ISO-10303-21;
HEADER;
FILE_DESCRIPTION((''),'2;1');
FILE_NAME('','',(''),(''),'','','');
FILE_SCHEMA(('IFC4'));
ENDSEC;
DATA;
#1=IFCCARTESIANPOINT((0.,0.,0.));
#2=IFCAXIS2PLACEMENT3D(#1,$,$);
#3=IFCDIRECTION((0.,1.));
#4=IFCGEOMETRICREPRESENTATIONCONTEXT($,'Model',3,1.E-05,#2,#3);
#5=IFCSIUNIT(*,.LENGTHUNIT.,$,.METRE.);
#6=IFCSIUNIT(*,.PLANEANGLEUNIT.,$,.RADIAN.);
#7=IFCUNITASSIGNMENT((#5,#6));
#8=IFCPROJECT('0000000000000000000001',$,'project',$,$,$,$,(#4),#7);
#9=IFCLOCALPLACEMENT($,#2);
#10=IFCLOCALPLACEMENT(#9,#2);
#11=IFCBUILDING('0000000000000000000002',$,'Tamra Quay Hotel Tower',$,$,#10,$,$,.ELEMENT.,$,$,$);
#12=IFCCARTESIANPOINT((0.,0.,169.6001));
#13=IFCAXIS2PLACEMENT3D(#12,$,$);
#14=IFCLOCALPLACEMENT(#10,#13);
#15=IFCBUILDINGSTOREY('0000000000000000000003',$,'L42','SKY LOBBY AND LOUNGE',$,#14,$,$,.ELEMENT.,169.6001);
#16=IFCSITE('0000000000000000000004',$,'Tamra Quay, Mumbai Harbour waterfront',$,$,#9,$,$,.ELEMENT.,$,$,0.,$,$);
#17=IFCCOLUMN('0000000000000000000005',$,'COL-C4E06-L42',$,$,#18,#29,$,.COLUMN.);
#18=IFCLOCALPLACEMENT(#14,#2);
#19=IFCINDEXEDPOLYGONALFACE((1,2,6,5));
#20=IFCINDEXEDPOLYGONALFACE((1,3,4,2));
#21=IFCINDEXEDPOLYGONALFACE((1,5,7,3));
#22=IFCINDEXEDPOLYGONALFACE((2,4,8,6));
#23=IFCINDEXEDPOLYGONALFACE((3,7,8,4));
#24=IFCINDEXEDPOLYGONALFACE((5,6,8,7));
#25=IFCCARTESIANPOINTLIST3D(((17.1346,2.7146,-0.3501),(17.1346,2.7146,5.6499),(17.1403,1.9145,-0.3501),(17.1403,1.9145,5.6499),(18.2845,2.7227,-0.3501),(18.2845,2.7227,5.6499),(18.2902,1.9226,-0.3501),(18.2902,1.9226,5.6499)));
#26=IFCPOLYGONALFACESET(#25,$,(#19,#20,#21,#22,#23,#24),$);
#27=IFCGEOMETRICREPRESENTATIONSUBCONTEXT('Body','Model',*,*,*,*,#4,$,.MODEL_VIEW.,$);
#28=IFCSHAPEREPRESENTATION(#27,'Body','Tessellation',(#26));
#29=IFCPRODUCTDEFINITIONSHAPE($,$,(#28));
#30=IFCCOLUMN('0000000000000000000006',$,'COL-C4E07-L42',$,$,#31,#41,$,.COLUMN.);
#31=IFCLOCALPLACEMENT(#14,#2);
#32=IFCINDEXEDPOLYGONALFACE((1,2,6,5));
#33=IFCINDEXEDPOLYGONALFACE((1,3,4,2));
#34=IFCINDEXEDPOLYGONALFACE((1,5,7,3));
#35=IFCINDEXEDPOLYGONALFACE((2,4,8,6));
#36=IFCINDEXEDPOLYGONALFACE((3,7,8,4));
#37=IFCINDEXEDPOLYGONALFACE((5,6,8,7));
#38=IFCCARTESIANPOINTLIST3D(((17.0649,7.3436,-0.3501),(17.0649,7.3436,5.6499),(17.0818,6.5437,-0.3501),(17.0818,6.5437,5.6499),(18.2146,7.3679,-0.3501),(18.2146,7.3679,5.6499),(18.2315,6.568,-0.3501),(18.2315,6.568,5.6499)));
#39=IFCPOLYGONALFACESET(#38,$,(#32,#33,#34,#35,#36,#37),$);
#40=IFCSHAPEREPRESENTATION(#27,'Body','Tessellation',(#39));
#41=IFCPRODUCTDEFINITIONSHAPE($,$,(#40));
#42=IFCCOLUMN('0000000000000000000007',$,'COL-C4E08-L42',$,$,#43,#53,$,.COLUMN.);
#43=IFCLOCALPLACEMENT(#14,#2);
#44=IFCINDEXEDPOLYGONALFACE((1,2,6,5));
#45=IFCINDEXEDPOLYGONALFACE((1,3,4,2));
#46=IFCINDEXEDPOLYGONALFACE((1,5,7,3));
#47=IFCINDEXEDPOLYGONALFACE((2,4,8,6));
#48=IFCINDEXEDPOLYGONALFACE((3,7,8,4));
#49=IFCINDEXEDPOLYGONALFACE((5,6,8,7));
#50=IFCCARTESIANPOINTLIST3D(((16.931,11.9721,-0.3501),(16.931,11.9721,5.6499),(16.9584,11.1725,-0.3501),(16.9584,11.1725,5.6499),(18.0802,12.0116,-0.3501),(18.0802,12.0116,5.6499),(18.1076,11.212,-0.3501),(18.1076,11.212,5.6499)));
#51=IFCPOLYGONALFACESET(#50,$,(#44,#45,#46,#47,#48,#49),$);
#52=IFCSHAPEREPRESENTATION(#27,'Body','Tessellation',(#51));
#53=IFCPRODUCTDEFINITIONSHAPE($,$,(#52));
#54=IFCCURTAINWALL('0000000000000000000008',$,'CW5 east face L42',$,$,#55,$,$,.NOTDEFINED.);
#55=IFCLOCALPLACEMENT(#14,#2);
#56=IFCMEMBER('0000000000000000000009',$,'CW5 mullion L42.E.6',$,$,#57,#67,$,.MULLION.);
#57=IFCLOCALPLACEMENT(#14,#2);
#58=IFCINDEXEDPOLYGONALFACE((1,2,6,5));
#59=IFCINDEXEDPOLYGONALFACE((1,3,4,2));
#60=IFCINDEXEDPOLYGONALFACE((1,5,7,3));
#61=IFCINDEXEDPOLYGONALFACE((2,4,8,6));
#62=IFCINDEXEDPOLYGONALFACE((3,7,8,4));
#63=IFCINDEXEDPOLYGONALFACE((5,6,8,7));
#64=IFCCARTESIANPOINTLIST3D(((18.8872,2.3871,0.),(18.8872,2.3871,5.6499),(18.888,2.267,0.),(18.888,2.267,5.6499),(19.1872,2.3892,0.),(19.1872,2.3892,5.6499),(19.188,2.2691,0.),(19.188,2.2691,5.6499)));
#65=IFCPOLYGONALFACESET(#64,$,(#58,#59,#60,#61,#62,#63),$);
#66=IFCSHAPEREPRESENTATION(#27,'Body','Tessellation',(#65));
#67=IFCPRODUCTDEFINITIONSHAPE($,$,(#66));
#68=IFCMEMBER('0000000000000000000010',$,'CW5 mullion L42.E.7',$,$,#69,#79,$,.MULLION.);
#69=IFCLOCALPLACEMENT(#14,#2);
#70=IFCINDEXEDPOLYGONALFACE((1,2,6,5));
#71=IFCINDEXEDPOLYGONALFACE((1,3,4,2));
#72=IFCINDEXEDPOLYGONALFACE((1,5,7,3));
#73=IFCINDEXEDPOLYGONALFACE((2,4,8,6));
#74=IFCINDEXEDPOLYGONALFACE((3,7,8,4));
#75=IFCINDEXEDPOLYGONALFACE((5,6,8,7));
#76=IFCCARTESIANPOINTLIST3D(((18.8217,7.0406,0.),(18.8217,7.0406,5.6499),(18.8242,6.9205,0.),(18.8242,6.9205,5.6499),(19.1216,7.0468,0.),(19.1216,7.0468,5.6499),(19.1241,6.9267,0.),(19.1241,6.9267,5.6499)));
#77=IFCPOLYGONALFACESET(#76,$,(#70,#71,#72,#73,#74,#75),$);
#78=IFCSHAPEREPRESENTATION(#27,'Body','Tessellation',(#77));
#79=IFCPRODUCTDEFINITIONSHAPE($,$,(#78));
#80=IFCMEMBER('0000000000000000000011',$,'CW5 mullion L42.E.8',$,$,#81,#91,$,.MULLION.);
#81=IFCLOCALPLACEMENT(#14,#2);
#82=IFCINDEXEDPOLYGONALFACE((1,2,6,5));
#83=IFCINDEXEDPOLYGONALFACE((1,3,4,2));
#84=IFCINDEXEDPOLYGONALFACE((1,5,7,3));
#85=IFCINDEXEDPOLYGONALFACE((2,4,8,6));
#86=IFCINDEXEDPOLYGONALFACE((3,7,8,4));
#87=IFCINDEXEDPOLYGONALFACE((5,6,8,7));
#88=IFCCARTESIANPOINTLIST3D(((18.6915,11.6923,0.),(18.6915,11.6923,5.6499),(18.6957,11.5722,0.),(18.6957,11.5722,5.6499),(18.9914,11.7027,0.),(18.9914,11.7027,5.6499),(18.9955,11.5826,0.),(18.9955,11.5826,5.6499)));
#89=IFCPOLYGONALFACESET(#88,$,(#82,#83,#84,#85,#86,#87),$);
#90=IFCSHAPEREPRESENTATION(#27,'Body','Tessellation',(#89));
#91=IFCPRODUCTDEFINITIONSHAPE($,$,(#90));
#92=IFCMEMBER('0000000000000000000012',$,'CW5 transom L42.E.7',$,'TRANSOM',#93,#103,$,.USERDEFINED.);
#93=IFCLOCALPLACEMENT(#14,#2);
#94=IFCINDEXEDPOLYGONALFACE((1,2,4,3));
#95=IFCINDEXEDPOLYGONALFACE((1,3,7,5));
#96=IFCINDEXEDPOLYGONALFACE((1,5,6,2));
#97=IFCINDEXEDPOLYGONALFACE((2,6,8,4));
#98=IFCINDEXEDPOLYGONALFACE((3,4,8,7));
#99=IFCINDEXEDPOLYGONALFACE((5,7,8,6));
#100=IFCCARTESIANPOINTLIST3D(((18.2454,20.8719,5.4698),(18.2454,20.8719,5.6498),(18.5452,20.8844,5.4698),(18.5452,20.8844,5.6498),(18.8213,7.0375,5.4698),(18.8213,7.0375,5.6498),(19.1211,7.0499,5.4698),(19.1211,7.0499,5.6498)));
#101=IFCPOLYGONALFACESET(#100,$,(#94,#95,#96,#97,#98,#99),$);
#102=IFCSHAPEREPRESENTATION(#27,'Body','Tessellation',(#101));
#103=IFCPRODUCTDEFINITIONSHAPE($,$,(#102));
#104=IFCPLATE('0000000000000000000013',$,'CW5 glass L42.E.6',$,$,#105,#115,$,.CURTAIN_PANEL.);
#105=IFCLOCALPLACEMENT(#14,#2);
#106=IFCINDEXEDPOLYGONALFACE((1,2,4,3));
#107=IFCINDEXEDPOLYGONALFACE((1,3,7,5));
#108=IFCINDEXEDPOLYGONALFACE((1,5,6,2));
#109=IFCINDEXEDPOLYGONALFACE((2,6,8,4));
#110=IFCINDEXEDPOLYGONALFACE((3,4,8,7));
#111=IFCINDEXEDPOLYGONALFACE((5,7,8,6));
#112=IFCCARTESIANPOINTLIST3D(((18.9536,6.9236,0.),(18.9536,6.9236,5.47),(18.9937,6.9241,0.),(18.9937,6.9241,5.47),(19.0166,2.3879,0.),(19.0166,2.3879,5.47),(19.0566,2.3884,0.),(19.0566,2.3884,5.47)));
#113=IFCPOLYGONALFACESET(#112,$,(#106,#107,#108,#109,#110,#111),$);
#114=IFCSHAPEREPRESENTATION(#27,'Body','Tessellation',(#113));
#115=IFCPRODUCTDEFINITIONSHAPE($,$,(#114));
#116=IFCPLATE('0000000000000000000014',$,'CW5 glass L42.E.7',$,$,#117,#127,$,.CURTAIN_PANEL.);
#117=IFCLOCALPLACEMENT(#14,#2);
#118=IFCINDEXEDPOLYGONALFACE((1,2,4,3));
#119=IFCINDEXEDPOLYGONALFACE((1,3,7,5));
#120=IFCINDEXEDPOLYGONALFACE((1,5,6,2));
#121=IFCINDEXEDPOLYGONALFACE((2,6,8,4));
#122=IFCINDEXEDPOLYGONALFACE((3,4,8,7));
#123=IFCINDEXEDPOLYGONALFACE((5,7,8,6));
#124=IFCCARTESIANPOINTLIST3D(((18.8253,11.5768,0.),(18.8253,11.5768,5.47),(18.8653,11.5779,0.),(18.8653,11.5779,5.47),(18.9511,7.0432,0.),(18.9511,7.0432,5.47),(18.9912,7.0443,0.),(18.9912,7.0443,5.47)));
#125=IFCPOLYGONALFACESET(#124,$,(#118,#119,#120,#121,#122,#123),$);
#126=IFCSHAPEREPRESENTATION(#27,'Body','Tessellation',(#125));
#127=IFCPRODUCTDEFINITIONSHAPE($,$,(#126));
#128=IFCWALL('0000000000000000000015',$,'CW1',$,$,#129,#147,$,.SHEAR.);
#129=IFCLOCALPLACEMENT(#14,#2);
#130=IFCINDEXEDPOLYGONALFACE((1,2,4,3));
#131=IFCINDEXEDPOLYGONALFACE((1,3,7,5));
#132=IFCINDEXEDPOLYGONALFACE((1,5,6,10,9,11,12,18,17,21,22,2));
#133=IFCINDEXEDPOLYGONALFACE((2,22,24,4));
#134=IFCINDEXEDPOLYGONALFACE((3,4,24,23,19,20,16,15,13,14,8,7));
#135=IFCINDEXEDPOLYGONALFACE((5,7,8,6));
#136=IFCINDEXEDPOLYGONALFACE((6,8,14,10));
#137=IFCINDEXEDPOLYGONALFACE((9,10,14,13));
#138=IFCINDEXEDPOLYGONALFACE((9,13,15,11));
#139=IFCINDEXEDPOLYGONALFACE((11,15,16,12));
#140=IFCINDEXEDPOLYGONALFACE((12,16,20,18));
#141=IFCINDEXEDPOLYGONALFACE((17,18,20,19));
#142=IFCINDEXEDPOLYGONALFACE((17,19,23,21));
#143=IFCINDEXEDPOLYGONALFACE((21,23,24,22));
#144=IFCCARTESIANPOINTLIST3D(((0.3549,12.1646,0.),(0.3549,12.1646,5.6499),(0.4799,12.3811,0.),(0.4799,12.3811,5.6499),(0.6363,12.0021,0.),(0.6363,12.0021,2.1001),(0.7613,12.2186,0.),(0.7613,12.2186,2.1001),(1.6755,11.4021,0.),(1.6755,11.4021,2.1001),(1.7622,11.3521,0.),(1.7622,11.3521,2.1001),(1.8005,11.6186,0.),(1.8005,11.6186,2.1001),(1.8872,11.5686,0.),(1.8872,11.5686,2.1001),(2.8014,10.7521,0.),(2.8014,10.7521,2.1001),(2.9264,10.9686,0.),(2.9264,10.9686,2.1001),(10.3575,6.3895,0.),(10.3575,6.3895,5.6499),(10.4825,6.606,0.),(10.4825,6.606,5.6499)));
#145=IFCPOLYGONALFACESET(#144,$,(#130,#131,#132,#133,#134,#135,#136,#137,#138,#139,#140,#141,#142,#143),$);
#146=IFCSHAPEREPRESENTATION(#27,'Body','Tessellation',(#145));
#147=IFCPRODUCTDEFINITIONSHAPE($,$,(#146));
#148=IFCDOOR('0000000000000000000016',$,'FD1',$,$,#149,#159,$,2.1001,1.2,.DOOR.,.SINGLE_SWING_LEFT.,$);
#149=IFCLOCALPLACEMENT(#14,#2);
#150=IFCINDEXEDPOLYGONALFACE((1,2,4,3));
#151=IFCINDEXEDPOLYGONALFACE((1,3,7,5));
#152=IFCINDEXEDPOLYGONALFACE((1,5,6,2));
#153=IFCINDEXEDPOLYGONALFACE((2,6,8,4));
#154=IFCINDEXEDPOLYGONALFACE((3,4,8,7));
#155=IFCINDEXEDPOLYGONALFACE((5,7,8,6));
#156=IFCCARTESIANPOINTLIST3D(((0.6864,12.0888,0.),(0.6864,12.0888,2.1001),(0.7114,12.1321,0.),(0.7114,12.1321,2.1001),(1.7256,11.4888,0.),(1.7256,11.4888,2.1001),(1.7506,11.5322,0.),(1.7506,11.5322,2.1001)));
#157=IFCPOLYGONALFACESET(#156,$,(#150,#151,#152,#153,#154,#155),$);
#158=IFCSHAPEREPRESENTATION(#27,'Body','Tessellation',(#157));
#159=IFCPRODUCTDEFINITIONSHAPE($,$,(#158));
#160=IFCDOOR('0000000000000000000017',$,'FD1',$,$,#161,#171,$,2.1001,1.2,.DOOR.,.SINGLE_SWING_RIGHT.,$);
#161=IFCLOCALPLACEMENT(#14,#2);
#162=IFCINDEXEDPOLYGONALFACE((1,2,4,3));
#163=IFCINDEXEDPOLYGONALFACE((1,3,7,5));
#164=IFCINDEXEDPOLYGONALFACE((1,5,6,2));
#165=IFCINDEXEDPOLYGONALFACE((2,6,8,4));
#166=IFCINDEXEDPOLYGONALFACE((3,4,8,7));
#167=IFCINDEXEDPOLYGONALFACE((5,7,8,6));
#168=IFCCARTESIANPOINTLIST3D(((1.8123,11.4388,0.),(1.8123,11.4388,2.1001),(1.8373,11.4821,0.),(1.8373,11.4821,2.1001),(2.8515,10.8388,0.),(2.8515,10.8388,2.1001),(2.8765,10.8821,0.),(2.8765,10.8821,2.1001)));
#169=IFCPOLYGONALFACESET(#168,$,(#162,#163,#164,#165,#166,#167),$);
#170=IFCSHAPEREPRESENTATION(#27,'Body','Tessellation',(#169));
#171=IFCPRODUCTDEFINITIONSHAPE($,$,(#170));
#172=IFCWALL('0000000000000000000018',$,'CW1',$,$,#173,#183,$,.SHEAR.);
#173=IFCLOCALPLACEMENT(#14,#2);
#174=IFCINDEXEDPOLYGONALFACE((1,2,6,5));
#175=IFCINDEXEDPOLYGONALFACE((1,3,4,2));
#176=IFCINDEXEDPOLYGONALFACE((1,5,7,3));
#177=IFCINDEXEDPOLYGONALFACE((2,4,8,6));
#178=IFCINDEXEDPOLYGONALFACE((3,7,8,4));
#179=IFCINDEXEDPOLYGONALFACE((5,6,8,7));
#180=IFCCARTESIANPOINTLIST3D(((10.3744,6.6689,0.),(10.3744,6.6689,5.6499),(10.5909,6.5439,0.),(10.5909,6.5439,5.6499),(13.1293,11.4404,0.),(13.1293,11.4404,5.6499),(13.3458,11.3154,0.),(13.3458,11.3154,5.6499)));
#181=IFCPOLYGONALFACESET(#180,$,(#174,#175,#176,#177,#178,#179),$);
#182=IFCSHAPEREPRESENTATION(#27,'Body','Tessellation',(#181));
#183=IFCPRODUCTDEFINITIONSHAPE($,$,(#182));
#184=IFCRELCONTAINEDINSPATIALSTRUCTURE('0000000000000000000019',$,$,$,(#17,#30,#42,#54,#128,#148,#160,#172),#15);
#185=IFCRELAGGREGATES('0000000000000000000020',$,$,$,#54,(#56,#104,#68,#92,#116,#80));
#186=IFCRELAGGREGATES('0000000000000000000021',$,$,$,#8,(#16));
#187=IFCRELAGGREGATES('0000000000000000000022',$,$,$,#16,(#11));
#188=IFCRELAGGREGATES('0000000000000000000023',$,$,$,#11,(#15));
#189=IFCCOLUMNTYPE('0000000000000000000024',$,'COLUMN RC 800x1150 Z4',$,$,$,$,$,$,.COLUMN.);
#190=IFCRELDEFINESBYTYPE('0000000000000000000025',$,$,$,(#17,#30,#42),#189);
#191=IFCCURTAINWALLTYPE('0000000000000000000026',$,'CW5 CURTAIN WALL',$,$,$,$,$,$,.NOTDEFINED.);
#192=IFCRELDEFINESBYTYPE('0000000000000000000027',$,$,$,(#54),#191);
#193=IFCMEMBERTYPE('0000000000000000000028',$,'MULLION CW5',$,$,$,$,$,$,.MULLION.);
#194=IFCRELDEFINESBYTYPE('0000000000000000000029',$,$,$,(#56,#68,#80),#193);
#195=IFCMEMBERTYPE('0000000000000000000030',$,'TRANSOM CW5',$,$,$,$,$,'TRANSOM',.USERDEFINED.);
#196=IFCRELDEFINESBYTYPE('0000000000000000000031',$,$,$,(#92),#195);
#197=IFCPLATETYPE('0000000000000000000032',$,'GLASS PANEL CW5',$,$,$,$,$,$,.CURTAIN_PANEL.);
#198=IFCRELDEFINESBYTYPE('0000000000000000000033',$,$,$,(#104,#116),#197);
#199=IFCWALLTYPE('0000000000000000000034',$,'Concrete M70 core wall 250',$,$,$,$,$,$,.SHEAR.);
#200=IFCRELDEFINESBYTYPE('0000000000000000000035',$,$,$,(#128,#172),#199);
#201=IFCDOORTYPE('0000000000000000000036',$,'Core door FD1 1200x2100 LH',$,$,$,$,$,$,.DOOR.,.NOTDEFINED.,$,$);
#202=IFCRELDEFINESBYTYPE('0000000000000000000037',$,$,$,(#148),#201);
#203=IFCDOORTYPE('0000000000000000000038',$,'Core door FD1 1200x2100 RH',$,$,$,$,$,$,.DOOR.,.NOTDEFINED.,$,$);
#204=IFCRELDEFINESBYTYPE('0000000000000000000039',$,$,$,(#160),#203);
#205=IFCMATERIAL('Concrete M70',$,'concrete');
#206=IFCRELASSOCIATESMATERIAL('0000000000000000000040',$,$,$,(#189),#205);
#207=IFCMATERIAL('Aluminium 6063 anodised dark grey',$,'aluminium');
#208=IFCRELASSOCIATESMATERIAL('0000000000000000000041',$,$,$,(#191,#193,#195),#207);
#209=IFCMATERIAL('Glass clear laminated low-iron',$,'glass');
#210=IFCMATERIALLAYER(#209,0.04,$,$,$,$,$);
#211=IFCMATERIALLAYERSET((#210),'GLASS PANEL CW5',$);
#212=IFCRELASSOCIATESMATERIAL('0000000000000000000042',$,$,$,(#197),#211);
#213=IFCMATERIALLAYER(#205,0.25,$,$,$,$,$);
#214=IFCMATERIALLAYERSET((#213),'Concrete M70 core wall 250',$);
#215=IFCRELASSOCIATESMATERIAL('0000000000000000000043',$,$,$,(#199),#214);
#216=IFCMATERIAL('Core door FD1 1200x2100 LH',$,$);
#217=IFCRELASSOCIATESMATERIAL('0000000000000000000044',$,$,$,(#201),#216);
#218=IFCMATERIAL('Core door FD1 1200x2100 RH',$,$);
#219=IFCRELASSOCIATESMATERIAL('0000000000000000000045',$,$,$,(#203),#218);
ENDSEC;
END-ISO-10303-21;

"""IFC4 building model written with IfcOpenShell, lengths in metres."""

from ifc_helpers import new_model, si_unit, direction, frame, frame_2d, origin, origin_2d, place, context, subcontext, project, spatial, rectangle, extrude, material, layer, layer_set, material_profile, profile_set, type_object, element, fill, aggregate, save


model = new_model("IFC4")

# Units and contexts
model_context = context("Model", 3, precision=1e-05, world=origin(), true_north=direction((0.0, 1.0)))
body_context = subcontext(model_context, "Body", "Model", "MODEL_VIEW")
ifc_project = project(units=[si_unit("LENGTHUNIT", "METRE"), si_unit("PLANEANGLEUNIT", "RADIAN")], contexts=[model_context])

# Site, building, storey
site_placement = place(None, origin())
site = spatial("IfcSite", under=ifc_project, at=site_placement, Name="Tamra Quay, Mumbai Harbour waterfront", CompositionType="ELEMENT", RefElevation=0.0)
building_placement = place(site_placement, origin())
building = spatial("IfcBuilding", under=site, at=building_placement, Name="Tamra Quay Hotel Tower", CompositionType="ELEMENT")
storey_placement = place(building_placement, frame((0.0, 0.0, 169.6001)))
storey = spatial("IfcBuildingStorey", under=building, at=storey_placement, Name="L42", Description="SKY LOBBY AND LOUNGE", CompositionType="ELEMENT", Elevation=169.6001)

# Columns
ifc_material_1 = material(Name="Concrete M70", Category="concrete")
ifc_material_profile_1 = material_profile(ifc_material_1, rectangle(XDim=1.1499, YDim=0.8, at=origin_2d()), Name="COLUMN RC 800x1150 Z4")
ifc_profile_set_1 = profile_set([ifc_material_profile_1], Name="Concrete M70")
column_type = type_object("IfcColumnType", Name="COLUMN RC 800x1150 Z4", PredefinedType="COLUMN", material=ifc_profile_set_1)
for number, where, z_axis, x_axis, name in (
    (1, (17.7124, 2.3186, -0.3501), (0.0, 0.0, 1.0), (0.999975, 0.007041, 0.0), "COL-C4E06-L42"),
    (2, (17.6482, 6.9558, -0.3501), (0.0, 0.0, 1.0), (0.999777, 0.021115, 0.0), "COL-C4E07-L42"),
    (3, (17.5193, 11.592, -0.3501), (0.0, 0.0, 1.0), (0.999412, 0.034299, 0.0), "COL-C4E08-L42"),
):
    element("IfcColumn", number, at=place(storey_placement, frame(where, z_axis=z_axis, x_axis=x_axis)), inside=storey, type_object=column_type, Name=name, PredefinedType="COLUMN", context=body_context, shape_type="SweptSolid", body=[
        extrude(rectangle(XDim=1.1499, YDim=0.8, at=origin_2d()), origin(), (0.0, 0.0, 1.0), 6.0),
    ])

# Curtain wall, members, plates
ifc_material_2 = material(Name="Aluminium 6063 anodised dark grey", Category="aluminium")
curtain_wall_type = type_object("IfcCurtainWallType", Name="CW5 CURTAIN WALL", PredefinedType="NOTDEFINED", material=ifc_material_2)
curtain_wall_placement = place(storey_placement, origin())
curtain_wall = element("IfcCurtainWall", 4, at=curtain_wall_placement, inside=storey, type_object=curtain_wall_type, Name="CW5 east face L42", PredefinedType="NOTDEFINED")
ifc_material_profile_2 = material_profile(ifc_material_2, rectangle(XDim=0.3, YDim=0.1201, at=origin_2d()), Name="MULLION 120X300")
ifc_profile_set_2 = profile_set([ifc_material_profile_2], Name="Aluminium 6063 anodised dark grey")
member_type_1 = type_object("IfcMemberType", Name="MULLION CW5", PredefinedType="MULLION", material=ifc_profile_set_2)
member_1_placement = place(storey_placement, frame((19.0376, 2.3281, 0.0), z_axis=(0.0, 0.0, 1.0), x_axis=(0.999976, 0.006943, 0.0)))
member_1 = element("IfcMember", 5, at=member_1_placement, type_object=member_type_1, Name="CW5 mullion L42.E.6", PredefinedType="MULLION", context=body_context, shape_type="SweptSolid", body=[
    extrude(rectangle(XDim=0.3, YDim=0.1201, at=origin_2d()), origin(), (0.0, 0.0, 1.0), 5.6499),
])
member_2_placement = place(storey_placement, frame((18.9729, 6.9836, 0.0), z_axis=(0.0, 0.0, 1.0), x_axis=(0.999783, 0.02082, 0.0)))
member_2 = element("IfcMember", 6, at=member_2_placement, type_object=member_type_1, Name="CW5 mullion L42.E.7", PredefinedType="MULLION", context=body_context, shape_type="SweptSolid", body=[
    extrude(rectangle(XDim=0.3, YDim=0.1201, at=origin_2d()), origin(), (0.0, 0.0, 1.0), 5.6499),
])
member_3_placement = place(storey_placement, frame((18.8435, 11.6375, 0.0), z_axis=(0.0, 0.0, 1.0), x_axis=(0.999399, 0.034678, 0.0)))
member_3 = element("IfcMember", 7, at=member_3_placement, type_object=member_type_1, Name="CW5 mullion L42.E.8", PredefinedType="MULLION", context=body_context, shape_type="SweptSolid", body=[
    extrude(rectangle(XDim=0.3, YDim=0.1201, at=origin_2d()), origin(), (0.0, 0.0, 1.0), 5.6499),
])
ifc_material_profile_3 = material_profile(ifc_material_2, rectangle(XDim=0.3, YDim=0.1799, at=origin_2d()), Name="TRANSOM 300X180")
ifc_profile_set_3 = profile_set([ifc_material_profile_3], Name="Aluminium 6063 anodised dark grey")
member_type_2 = type_object("IfcMemberType", Name="TRANSOM CW5", ElementType="TRANSOM", PredefinedType="USERDEFINED", material=ifc_profile_set_3)
member_4_placement = place(storey_placement, frame((18.9712, 7.0437, 5.5598), z_axis=(-0.041594, 0.999135, 0.0), x_axis=(-0.999135, -0.041594, 0.0)))
member_4 = element("IfcMember", 8, at=member_4_placement, type_object=member_type_2, Name="CW5 transom L42.E.7", ObjectType="TRANSOM", PredefinedType="USERDEFINED", context=body_context, shape_type="SweptSolid", body=[
    extrude(rectangle(XDim=0.3, YDim=0.1799, at=origin_2d()), origin(), (0.0, 0.0, 1.0), 13.8464),
])
ifc_material_3 = material(Name="Glass clear laminated low-iron", Category="glass")
ifc_layer_1 = layer(ifc_material_3, 0.04)
ifc_layer_set_1 = layer_set([ifc_layer_1], Name="GLASS PANEL CW5")
plate_type = type_object("IfcPlateType", Name="GLASS PANEL CW5", PredefinedType="CURTAIN_PANEL", material=ifc_layer_set_1)
plate_1_placement = place(storey_placement, frame((19.0051, 4.656, 0.0), z_axis=(0.0, 0.0, 1.0), x_axis=(-0.013886, 0.999904, 0.0)))
plate_1 = element("IfcPlate", 9, at=plate_1_placement, type_object=plate_type, Name="CW5 glass L42.E.6", PredefinedType="CURTAIN_PANEL", context=body_context, shape_type="SweptSolid", body=[
    extrude(rectangle(XDim=4.5361, YDim=0.04, at=origin_2d()), origin(), (0.0, 0.0, 1.0), 5.47),
])
plate_2_placement = place(storey_placement, frame((18.9082, 9.3105, 0.0), z_axis=(0.0, 0.0, 1.0), x_axis=(-0.027754, 0.999615, 0.0)))
plate_2 = element("IfcPlate", 10, at=plate_2_placement, type_object=plate_type, Name="CW5 glass L42.E.7", PredefinedType="CURTAIN_PANEL", context=body_context, shape_type="SweptSolid", body=[
    extrude(rectangle(XDim=4.5354, YDim=0.04, at=origin_2d()), origin(), (0.0, 0.0, 1.0), 5.47),
])
aggregate(curtain_wall, [member_1, plate_1, member_2, member_4, plate_2, member_3])

# Wall, openings, doors
ifc_layer_2 = layer(ifc_material_1, 0.25)
ifc_layer_set_2 = layer_set([ifc_layer_2], Name="Concrete M70 core wall 250")
wall_type_1 = type_object("IfcWallType", Name="Concrete M70 core wall 250", PredefinedType="SHEAR", material=ifc_layer_set_2)
wall_1_placement = place(storey_placement, frame((10.4199, 6.4978, 0.0), z_axis=(0.0, 0.0, 1.0), x_axis=(-0.866022, 0.500006, 0.0)))
wall_1 = element("IfcWall", 11, at=wall_1_placement, inside=storey, type_object=wall_type_1, Name="CW1", PredefinedType="SHEAR", context=body_context, shape_type="SweptSolid", body=[
    extrude(rectangle(XDim=11.55, YDim=0.25, at=frame_2d((5.7749, 0.0))), origin(), (0.0, 0.0, 1.0), 5.6499),
])
opening_1_placement = place(wall_1_placement, frame((10.0249, 0.0, 0.0)))
opening_1 = element("IfcOpeningElement", 12, at=opening_1_placement, cuts=wall_1, PredefinedType="OPENING", context=body_context, shape_type="SweptSolid", body=[
    extrude(rectangle(XDim=1.2, YDim=2.1001, at=frame_2d((0.6001, 1.05))), frame((0.0, 0.135, 0.0), z_axis=(0.0, -1.0, 0.0), x_axis=(1.0, 0.0, 0.0)), (0.0, 0.0, 1.0), 0.27),
])
opening_2_placement = place(wall_1_placement, frame((8.7249, 0.0, 0.0)))
opening_2 = element("IfcOpeningElement", 13, at=opening_2_placement, cuts=wall_1, PredefinedType="OPENING", context=body_context, shape_type="SweptSolid", body=[
    extrude(rectangle(XDim=1.2, YDim=2.1001, at=frame_2d((0.6001, 1.05))), frame((0.0, 0.135, 0.0), z_axis=(0.0, -1.0, 0.0), x_axis=(1.0, 0.0, 0.0)), (0.0, 0.0, 1.0), 0.27),
])
ifc_material_4 = material(Name="Core door FD1 1200x2100 LH")
door_type_1 = type_object("IfcDoorType", Name="Core door FD1 1200x2100 LH", OperationType="NOTDEFINED", PredefinedType="DOOR", material=ifc_material_4)
door_1_placement = place(opening_1_placement, origin())
door_1 = element("IfcDoor", 14, at=door_1_placement, inside=storey, type_object=door_type_1, Name="FD1", OperationType="SINGLE_SWING_LEFT", OverallHeight=2.1001, OverallWidth=1.2, PredefinedType="DOOR", context=body_context, shape_type="SweptSolid", body=[
    extrude(rectangle(XDim=1.2, YDim=2.1001, at=frame_2d((0.6001, 1.05))), frame((0.0, 0.0249, 0.0), z_axis=(0.0, -1.0, 0.0), x_axis=(1.0, 0.0, 0.0)), (0.0, 0.0, 1.0), 0.05),
])
fill(opening_1, door_1)
ifc_material_5 = material(Name="Core door FD1 1200x2100 RH")
door_type_2 = type_object("IfcDoorType", Name="Core door FD1 1200x2100 RH", OperationType="NOTDEFINED", PredefinedType="DOOR", material=ifc_material_5)
door_2_placement = place(opening_2_placement, origin())
door_2 = element("IfcDoor", 15, at=door_2_placement, inside=storey, type_object=door_type_2, Name="FD1", OperationType="SINGLE_SWING_RIGHT", OverallHeight=2.1001, OverallWidth=1.2, PredefinedType="DOOR", context=body_context, shape_type="SweptSolid", body=[
    extrude(rectangle(XDim=1.2, YDim=2.1001, at=frame_2d((0.6001, 1.05))), frame((0.0, 0.0249, 0.0), z_axis=(0.0, -1.0, 0.0), x_axis=(1.0, 0.0, 0.0)), (0.0, 0.0, 1.0), 0.05),
])
fill(opening_2, door_2)

# Wall
wall_2_placement = place(storey_placement, frame((13.2375, 11.3779, 0.0), z_axis=(0.0, 0.0, 1.0), x_axis=(-0.500009, -0.86602, 0.0)))
element("IfcWall", 16, at=wall_2_placement, inside=storey, type_object=wall_type_1, Name="CW1", PredefinedType="SHEAR", context=body_context, shape_type="SweptSolid", body=[
    extrude(rectangle(XDim=5.5098, YDim=0.25, at=frame_2d((2.7549, 0.0))), origin(), (0.0, 0.0, 1.0), 5.6499),
])

save(model, "model.ifc")
